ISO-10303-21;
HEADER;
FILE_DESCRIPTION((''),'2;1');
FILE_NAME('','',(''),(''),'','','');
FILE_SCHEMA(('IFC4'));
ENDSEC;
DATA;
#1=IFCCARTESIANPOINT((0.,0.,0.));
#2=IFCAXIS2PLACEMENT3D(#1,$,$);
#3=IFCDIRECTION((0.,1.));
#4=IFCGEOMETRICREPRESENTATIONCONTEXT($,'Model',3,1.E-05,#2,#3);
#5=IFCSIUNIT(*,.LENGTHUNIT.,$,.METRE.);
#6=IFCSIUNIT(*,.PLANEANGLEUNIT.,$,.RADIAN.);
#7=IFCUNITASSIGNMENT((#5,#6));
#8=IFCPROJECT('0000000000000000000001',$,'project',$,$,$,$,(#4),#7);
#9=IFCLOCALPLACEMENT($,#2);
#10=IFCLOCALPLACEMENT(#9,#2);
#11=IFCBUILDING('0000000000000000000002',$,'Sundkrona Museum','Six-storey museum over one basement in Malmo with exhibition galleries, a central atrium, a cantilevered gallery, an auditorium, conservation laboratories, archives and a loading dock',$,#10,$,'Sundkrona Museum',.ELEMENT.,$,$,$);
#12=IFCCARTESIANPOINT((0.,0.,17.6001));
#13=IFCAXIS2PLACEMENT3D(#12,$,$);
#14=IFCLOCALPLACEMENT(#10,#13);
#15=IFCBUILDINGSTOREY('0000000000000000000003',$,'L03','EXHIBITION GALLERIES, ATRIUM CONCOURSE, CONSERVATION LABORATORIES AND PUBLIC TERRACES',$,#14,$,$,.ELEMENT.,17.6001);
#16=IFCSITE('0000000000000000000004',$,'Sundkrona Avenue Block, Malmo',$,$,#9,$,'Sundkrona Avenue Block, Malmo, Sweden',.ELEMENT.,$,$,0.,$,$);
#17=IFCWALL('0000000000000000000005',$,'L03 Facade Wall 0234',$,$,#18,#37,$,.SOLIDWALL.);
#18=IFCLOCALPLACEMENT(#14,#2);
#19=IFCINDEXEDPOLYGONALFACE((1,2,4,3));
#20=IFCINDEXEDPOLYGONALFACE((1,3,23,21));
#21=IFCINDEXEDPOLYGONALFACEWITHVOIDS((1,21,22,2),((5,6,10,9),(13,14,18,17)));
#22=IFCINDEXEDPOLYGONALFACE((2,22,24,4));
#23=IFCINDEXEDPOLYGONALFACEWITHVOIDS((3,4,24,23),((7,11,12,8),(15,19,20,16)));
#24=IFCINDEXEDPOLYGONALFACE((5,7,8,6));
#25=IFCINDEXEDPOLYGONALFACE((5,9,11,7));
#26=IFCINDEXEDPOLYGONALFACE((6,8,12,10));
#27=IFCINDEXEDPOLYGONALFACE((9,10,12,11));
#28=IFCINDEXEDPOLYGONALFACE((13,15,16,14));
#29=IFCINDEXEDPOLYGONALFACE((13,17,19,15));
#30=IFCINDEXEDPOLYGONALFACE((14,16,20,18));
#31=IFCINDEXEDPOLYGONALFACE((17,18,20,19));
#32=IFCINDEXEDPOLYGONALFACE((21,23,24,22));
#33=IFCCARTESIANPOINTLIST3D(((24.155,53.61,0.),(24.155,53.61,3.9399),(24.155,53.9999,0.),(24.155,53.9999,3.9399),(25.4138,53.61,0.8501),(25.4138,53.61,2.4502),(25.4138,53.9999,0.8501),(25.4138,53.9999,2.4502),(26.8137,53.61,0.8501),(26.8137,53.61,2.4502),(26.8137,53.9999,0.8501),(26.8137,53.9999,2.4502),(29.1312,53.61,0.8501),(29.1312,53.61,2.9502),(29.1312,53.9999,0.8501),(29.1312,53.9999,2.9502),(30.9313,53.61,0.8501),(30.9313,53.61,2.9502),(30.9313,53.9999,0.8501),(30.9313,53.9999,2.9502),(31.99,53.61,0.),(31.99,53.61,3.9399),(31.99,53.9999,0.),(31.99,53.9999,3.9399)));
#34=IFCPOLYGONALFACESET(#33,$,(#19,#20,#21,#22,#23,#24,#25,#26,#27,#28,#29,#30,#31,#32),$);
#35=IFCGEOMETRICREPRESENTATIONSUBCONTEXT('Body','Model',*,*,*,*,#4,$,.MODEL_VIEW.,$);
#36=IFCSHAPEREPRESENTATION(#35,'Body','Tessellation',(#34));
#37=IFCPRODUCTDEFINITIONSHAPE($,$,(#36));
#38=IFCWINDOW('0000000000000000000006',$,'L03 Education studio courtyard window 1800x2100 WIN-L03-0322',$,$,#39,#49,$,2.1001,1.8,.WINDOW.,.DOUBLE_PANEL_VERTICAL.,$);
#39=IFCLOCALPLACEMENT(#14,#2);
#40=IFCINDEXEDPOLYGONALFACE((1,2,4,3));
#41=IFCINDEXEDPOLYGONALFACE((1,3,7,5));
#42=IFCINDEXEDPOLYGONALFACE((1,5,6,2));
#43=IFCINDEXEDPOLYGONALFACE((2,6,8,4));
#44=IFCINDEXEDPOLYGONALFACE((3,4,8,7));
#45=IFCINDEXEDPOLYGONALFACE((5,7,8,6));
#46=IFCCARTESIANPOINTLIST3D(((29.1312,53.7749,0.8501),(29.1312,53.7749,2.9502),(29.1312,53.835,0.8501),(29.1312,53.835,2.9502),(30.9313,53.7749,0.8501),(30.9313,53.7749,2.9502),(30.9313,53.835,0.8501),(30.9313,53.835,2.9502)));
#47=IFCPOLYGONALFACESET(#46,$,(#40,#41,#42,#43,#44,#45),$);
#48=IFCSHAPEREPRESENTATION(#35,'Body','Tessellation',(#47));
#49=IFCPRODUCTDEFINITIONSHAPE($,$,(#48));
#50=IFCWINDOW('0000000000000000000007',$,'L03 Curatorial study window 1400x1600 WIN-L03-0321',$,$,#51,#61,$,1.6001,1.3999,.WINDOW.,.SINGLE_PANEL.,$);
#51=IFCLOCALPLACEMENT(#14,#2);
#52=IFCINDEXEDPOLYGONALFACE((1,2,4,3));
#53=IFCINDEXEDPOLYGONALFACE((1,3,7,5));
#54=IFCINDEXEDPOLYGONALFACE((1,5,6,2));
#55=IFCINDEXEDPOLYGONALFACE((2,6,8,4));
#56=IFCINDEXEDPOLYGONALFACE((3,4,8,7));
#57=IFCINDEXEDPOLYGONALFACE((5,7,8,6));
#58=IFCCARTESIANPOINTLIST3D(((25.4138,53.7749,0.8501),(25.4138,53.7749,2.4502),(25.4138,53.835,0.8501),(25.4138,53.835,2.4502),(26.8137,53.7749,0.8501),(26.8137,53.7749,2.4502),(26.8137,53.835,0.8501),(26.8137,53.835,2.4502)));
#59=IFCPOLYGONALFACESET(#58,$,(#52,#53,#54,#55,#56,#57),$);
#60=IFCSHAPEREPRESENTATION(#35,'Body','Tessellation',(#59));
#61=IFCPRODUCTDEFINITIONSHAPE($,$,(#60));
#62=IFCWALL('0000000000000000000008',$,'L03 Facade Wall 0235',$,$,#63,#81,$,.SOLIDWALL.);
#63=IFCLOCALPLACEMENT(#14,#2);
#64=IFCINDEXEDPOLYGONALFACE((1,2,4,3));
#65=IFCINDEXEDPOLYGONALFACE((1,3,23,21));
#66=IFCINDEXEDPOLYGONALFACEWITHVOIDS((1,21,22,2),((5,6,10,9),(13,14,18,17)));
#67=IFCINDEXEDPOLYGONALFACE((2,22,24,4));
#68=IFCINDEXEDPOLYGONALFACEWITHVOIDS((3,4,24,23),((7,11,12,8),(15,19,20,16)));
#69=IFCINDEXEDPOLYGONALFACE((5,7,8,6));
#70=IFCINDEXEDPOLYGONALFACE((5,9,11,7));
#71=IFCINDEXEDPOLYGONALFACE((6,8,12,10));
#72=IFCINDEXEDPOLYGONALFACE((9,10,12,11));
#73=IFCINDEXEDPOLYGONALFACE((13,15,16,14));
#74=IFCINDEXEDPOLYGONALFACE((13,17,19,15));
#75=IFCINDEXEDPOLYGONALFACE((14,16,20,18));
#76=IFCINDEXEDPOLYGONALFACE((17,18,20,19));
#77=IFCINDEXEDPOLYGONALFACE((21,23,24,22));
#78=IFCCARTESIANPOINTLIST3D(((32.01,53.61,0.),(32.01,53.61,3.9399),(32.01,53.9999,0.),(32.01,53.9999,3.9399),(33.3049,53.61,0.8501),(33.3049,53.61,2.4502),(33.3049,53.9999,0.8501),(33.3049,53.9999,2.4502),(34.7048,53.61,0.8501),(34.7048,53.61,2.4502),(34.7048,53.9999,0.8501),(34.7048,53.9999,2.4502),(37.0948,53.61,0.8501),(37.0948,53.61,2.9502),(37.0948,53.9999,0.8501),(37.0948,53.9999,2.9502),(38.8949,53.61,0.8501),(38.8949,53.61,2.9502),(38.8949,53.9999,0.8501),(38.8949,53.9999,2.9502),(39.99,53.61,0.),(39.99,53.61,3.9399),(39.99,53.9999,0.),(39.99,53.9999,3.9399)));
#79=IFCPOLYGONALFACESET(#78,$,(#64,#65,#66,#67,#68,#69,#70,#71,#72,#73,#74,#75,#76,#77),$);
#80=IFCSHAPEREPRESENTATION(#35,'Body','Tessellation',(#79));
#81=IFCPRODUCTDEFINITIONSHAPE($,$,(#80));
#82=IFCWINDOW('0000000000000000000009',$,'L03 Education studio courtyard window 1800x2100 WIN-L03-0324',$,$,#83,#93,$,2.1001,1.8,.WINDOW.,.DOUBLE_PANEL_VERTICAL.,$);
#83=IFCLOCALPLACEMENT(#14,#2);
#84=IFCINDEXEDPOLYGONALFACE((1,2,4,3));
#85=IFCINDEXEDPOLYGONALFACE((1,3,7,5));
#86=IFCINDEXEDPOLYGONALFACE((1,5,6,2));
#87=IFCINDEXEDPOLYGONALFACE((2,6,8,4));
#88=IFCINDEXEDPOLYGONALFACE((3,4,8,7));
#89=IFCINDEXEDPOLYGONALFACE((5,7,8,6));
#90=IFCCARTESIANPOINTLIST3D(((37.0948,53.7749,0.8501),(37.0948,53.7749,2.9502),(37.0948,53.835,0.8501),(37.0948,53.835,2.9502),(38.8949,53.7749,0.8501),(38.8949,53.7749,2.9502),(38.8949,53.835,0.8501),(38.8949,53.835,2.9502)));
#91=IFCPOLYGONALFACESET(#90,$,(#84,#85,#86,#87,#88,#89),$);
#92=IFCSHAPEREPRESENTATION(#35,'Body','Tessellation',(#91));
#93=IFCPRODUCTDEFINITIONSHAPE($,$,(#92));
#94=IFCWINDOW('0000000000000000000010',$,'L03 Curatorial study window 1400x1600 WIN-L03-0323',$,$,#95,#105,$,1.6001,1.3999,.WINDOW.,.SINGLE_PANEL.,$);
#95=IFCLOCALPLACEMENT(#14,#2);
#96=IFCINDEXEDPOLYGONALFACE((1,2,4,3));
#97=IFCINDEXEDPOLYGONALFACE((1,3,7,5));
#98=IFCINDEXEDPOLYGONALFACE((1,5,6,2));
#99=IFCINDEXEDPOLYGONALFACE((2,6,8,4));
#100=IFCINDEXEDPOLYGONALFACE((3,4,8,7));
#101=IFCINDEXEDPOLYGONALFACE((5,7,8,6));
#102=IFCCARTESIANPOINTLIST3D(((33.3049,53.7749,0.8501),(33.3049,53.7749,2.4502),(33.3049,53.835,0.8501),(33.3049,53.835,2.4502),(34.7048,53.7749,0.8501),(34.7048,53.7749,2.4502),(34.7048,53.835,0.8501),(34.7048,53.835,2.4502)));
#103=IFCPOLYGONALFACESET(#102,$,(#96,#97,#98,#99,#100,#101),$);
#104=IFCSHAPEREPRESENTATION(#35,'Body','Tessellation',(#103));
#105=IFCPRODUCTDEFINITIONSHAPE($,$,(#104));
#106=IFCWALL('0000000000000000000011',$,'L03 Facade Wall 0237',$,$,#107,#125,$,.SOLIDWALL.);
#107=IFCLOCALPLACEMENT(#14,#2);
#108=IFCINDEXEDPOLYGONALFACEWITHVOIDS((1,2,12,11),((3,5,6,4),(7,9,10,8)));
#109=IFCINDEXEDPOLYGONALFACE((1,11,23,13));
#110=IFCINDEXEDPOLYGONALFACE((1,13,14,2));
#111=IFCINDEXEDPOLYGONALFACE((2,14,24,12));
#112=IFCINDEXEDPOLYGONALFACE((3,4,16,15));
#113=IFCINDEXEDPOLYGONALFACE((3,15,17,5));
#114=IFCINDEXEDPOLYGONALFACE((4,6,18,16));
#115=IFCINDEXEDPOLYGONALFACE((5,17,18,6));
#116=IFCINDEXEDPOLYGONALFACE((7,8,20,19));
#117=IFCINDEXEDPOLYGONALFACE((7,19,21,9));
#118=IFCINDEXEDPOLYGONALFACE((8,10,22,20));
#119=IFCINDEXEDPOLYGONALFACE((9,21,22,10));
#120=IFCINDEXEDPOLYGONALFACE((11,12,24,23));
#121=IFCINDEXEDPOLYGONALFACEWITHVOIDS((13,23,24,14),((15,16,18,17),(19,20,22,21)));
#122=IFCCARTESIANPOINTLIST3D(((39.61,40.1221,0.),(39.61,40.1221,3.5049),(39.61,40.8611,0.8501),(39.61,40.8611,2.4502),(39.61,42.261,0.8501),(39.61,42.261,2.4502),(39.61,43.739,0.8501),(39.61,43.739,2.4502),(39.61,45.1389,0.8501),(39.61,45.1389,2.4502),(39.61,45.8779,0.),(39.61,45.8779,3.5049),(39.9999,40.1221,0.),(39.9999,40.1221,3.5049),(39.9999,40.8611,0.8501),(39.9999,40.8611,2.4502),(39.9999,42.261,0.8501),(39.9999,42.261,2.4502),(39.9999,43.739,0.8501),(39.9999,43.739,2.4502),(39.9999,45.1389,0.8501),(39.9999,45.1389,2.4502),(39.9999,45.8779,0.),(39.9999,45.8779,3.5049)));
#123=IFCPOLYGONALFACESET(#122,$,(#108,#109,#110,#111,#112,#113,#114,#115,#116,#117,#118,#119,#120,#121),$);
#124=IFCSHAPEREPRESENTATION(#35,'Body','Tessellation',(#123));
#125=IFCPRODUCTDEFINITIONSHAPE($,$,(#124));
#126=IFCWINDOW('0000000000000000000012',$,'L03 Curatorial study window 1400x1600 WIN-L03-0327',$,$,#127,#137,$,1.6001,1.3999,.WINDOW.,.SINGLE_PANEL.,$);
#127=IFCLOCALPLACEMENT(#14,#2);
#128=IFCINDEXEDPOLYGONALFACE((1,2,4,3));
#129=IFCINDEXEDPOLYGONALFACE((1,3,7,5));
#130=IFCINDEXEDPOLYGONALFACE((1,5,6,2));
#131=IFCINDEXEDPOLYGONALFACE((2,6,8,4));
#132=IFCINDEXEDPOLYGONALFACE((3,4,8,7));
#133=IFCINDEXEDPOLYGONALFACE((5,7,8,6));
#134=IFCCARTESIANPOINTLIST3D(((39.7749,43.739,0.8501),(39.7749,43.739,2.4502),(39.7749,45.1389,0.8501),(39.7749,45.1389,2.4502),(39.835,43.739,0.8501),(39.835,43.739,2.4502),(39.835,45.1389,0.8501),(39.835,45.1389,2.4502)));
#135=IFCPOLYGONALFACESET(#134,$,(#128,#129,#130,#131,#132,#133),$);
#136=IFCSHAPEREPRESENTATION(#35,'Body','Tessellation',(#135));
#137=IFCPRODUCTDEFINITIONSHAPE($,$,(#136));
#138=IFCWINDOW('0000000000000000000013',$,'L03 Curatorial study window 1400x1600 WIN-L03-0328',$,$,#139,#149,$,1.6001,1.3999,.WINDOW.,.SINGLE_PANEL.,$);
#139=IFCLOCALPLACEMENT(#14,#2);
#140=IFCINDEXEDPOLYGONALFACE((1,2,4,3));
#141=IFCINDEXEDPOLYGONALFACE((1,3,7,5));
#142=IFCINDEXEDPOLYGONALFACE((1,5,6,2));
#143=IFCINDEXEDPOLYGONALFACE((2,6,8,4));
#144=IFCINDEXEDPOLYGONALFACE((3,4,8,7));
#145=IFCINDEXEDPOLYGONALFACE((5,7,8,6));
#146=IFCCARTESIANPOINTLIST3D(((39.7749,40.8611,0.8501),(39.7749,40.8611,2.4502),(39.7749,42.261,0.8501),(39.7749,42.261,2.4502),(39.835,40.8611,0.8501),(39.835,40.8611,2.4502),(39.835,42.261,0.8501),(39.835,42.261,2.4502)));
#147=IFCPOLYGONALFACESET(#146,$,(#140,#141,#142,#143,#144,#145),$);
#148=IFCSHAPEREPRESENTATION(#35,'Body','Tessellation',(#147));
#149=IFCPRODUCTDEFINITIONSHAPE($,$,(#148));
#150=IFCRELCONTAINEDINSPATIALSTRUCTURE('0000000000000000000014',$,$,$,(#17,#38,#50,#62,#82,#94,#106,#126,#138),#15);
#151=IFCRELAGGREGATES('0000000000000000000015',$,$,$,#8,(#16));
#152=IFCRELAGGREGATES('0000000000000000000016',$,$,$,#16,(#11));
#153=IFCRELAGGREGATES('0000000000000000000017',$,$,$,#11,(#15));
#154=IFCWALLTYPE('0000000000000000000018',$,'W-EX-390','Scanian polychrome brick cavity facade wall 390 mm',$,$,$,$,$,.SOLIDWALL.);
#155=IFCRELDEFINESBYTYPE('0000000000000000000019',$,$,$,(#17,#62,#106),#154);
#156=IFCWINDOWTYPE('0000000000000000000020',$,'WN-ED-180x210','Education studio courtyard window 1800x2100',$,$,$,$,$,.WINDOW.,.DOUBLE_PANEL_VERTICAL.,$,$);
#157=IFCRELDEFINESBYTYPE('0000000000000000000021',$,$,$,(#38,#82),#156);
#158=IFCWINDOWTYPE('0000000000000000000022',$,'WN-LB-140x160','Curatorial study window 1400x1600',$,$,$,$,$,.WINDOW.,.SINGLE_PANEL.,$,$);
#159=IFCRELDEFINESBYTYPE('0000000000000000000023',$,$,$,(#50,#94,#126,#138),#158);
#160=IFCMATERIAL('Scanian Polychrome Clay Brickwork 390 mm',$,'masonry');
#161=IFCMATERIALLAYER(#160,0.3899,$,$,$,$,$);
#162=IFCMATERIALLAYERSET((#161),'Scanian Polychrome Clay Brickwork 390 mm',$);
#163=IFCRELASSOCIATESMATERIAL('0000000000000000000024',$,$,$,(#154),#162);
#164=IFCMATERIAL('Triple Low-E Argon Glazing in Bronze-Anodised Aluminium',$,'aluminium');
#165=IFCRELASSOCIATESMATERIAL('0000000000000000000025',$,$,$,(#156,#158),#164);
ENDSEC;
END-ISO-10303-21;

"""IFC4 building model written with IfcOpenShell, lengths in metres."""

from ifc_helpers import new_model, si_unit, direction, frame, frame_2d, origin, place, context, subcontext, project, spatial, rectangle, extrude, material, layer, layer_set, type_object, element, fill, save


model = new_model("IFC4")

# Units and contexts
model_context = context("Model", 3, precision=1e-05, world=origin(), true_north=direction((0.0, 1.0)))
body_context = subcontext(model_context, "Body", "Model", "MODEL_VIEW")
ifc_project = project(units=[si_unit("LENGTHUNIT", "METRE"), si_unit("PLANEANGLEUNIT", "RADIAN")], contexts=[model_context])

# Site, building, storey
site_placement = place(None, origin())
site = spatial("IfcSite", under=ifc_project, at=site_placement, Name="Sundkrona Avenue Block, Malmo", LongName="Sundkrona Avenue Block, Malmo, Sweden", CompositionType="ELEMENT", RefElevation=0.0)
building_placement = place(site_placement, origin())
building = spatial("IfcBuilding", under=site, at=building_placement, Name="Sundkrona Museum", Description="Six-storey museum over one basement in Malmo with exhibition galleries, a central atrium, a cantilevered gallery, an auditorium, conservation laboratories, archives and a loading dock", LongName="Sundkrona Museum", CompositionType="ELEMENT")
storey_placement = place(building_placement, frame((0.0, 0.0, 17.6001)))
storey = spatial("IfcBuildingStorey", under=building, at=storey_placement, Name="L03", Description="EXHIBITION GALLERIES, ATRIUM CONCOURSE, CONSERVATION LABORATORIES AND PUBLIC TERRACES", CompositionType="ELEMENT", Elevation=17.6001)

# Walls, openings, windows
ifc_material_1 = material(Name="Scanian Polychrome Clay Brickwork 390 mm", Category="masonry")
ifc_layer_1 = layer(ifc_material_1, 0.3899)
ifc_layer_set_1 = layer_set([ifc_layer_1], Name="Scanian Polychrome Clay Brickwork 390 mm")
wall_type = type_object("IfcWallType", Name="W-EX-390", Description="Scanian polychrome brick cavity facade wall 390 mm", PredefinedType="SOLIDWALL", material=ifc_layer_set_1)
wall_1_placement = place(storey_placement, frame((24.155, 53.8049, 0.0), z_axis=(0.0, 0.0, 1.0), x_axis=(1.0, 0.0, 0.0)))
wall_1 = element("IfcWall", 1, at=wall_1_placement, inside=storey, type_object=wall_type, Name="L03 Facade Wall 0234", PredefinedType="SOLIDWALL", context=body_context, shape_type="SweptSolid", body=[
    extrude(rectangle(XDim=7.835, YDim=0.3899, at=frame_2d((3.9175, 0.0))), origin(), (0.0, 0.0, 1.0), 3.9399),
])
opening_1_placement = place(wall_1_placement, frame((1.2588, 0.0, 0.8501)))
opening_1 = element("IfcOpeningElement", 2, at=opening_1_placement, cuts=wall_1, PredefinedType="OPENING", context=body_context, shape_type="SweptSolid", body=[
    extrude(rectangle(XDim=1.3999, YDim=1.6001, at=frame_2d((0.7, 0.8))), frame((0.0, 0.2048, 0.0), z_axis=(0.0, -1.0, 0.0), x_axis=(1.0, 0.0, 0.0)), (0.0, 0.0, 1.0), 0.4099),
])
opening_2_placement = place(wall_1_placement, frame((4.9763, 0.0, 0.8501)))
opening_2 = element("IfcOpeningElement", 3, at=opening_2_placement, cuts=wall_1, PredefinedType="OPENING", context=body_context, shape_type="SweptSolid", body=[
    extrude(rectangle(XDim=1.8, YDim=2.1001, at=frame_2d((0.8999, 1.05))), frame((0.0, 0.2048, 0.0), z_axis=(0.0, -1.0, 0.0), x_axis=(1.0, 0.0, 0.0)), (0.0, 0.0, 1.0), 0.4099),
])
ifc_material_2 = material(Name="Triple Low-E Argon Glazing in Bronze-Anodised Aluminium", Category="aluminium")
window_type_1 = type_object("IfcWindowType", Name="WN-ED-180x210", Description="Education studio courtyard window 1800x2100", PartitioningType="DOUBLE_PANEL_VERTICAL", PredefinedType="WINDOW", material=ifc_material_2)
window_1_placement = place(opening_2_placement, origin())
window_1 = element("IfcWindow", 4, at=window_1_placement, inside=storey, type_object=window_type_1, Name="L03 Education studio courtyard window 1800x2100 WIN-L03-0322", OverallHeight=2.1001, OverallWidth=1.8, PartitioningType="DOUBLE_PANEL_VERTICAL", PredefinedType="WINDOW", context=body_context, shape_type="SweptSolid", body=[
    extrude(rectangle(XDim=1.8, YDim=2.1001, at=frame_2d((0.8999, 1.05))), frame((0.0, 0.03, 0.0), z_axis=(0.0, -1.0, 0.0), x_axis=(1.0, 0.0, 0.0)), (0.0, 0.0, 1.0), 0.0601),
])
fill(opening_2, window_1)
window_type_2 = type_object("IfcWindowType", Name="WN-LB-140x160", Description="Curatorial study window 1400x1600", PartitioningType="SINGLE_PANEL", PredefinedType="WINDOW", material=ifc_material_2)
window_2_placement = place(opening_1_placement, origin())
window_2 = element("IfcWindow", 5, at=window_2_placement, inside=storey, type_object=window_type_2, Name="L03 Curatorial study window 1400x1600 WIN-L03-0321", OverallHeight=1.6001, OverallWidth=1.3999, PartitioningType="SINGLE_PANEL", PredefinedType="WINDOW", context=body_context, shape_type="SweptSolid", body=[
    extrude(rectangle(XDim=1.3999, YDim=1.6001, at=frame_2d((0.7, 0.8))), frame((0.0, 0.03, 0.0), z_axis=(0.0, -1.0, 0.0), x_axis=(1.0, 0.0, 0.0)), (0.0, 0.0, 1.0), 0.0601),
])
fill(opening_1, window_2)
wall_2_placement = place(storey_placement, frame((32.01, 53.8049, 0.0), z_axis=(0.0, 0.0, 1.0), x_axis=(1.0, 0.0, 0.0)))
wall_2 = element("IfcWall", 6, at=wall_2_placement, inside=storey, type_object=wall_type, Name="L03 Facade Wall 0235", PredefinedType="SOLIDWALL", context=body_context, shape_type="SweptSolid", body=[
    extrude(rectangle(XDim=7.98, YDim=0.3899, at=frame_2d((3.99, 0.0))), origin(), (0.0, 0.0, 1.0), 3.9399),
])
opening_3_placement = place(wall_2_placement, frame((1.2949, 0.0, 0.8501)))
opening_3 = element("IfcOpeningElement", 7, at=opening_3_placement, cuts=wall_2, PredefinedType="OPENING", context=body_context, shape_type="SweptSolid", body=[
    extrude(rectangle(XDim=1.3999, YDim=1.6001, at=frame_2d((0.7, 0.8))), frame((0.0, 0.2048, 0.0), z_axis=(0.0, -1.0, 0.0), x_axis=(1.0, 0.0, 0.0)), (0.0, 0.0, 1.0), 0.4099),
])
opening_4_placement = place(wall_2_placement, frame((5.085, 0.0, 0.8501)))
opening_4 = element("IfcOpeningElement", 8, at=opening_4_placement, cuts=wall_2, PredefinedType="OPENING", context=body_context, shape_type="SweptSolid", body=[
    extrude(rectangle(XDim=1.8, YDim=2.1001, at=frame_2d((0.8999, 1.05))), frame((0.0, 0.2048, 0.0), z_axis=(0.0, -1.0, 0.0), x_axis=(1.0, 0.0, 0.0)), (0.0, 0.0, 1.0), 0.4099),
])
window_3_placement = place(opening_4_placement, origin())
window_3 = element("IfcWindow", 9, at=window_3_placement, inside=storey, type_object=window_type_1, Name="L03 Education studio courtyard window 1800x2100 WIN-L03-0324", OverallHeight=2.1001, OverallWidth=1.8, PartitioningType="DOUBLE_PANEL_VERTICAL", PredefinedType="WINDOW", context=body_context, shape_type="SweptSolid", body=[
    extrude(rectangle(XDim=1.8, YDim=2.1001, at=frame_2d((0.8999, 1.05))), frame((0.0, 0.03, 0.0), z_axis=(0.0, -1.0, 0.0), x_axis=(1.0, 0.0, 0.0)), (0.0, 0.0, 1.0), 0.0601),
])
fill(opening_4, window_3)
window_4_placement = place(opening_3_placement, origin())
window_4 = element("IfcWindow", 10, at=window_4_placement, inside=storey, type_object=window_type_2, Name="L03 Curatorial study window 1400x1600 WIN-L03-0323", OverallHeight=1.6001, OverallWidth=1.3999, PartitioningType="SINGLE_PANEL", PredefinedType="WINDOW", context=body_context, shape_type="SweptSolid", body=[
    extrude(rectangle(XDim=1.3999, YDim=1.6001, at=frame_2d((0.7, 0.8))), frame((0.0, 0.03, 0.0), z_axis=(0.0, -1.0, 0.0), x_axis=(1.0, 0.0, 0.0)), (0.0, 0.0, 1.0), 0.0601),
])
fill(opening_3, window_4)
wall_3_placement = place(storey_placement, frame((39.8049, 45.8779, 0.0), z_axis=(0.0, 0.0, 1.0), x_axis=(0.0, -1.0, 0.0)))
wall_3 = element("IfcWall", 11, at=wall_3_placement, inside=storey, type_object=wall_type, Name="L03 Facade Wall 0237", PredefinedType="SOLIDWALL", context=body_context, shape_type="SweptSolid", body=[
    extrude(rectangle(XDim=5.7559, YDim=0.3899, at=frame_2d((2.8779, 0.0))), origin(), (0.0, 0.0, 1.0), 3.5049),
])
opening_5_placement = place(wall_3_placement, frame((0.739, 0.0, 0.8501)))
opening_5 = element("IfcOpeningElement", 12, at=opening_5_placement, cuts=wall_3, PredefinedType="OPENING", context=body_context, shape_type="SweptSolid", body=[
    extrude(rectangle(XDim=1.3999, YDim=1.6001, at=frame_2d((0.7, 0.8))), frame((0.0, 0.2048, 0.0), z_axis=(0.0, -1.0, 0.0), x_axis=(1.0, 0.0, 0.0)), (0.0, 0.0, 1.0), 0.4099),
])
opening_6_placement = place(wall_3_placement, frame((3.6169, 0.0, 0.8501)))
opening_6 = element("IfcOpeningElement", 13, at=opening_6_placement, cuts=wall_3, PredefinedType="OPENING", context=body_context, shape_type="SweptSolid", body=[
    extrude(rectangle(XDim=1.3999, YDim=1.6001, at=frame_2d((0.7, 0.8))), frame((0.0, 0.2048, 0.0), z_axis=(0.0, -1.0, 0.0), x_axis=(1.0, 0.0, 0.0)), (0.0, 0.0, 1.0), 0.4099),
])
window_5_placement = place(opening_5_placement, origin())
window_5 = element("IfcWindow", 14, at=window_5_placement, inside=storey, type_object=window_type_2, Name="L03 Curatorial study window 1400x1600 WIN-L03-0327", OverallHeight=1.6001, OverallWidth=1.3999, PartitioningType="SINGLE_PANEL", PredefinedType="WINDOW", context=body_context, shape_type="SweptSolid", body=[
    extrude(rectangle(XDim=1.3999, YDim=1.6001, at=frame_2d((0.7, 0.8))), frame((0.0, 0.03, 0.0), z_axis=(0.0, -1.0, 0.0), x_axis=(1.0, 0.0, 0.0)), (0.0, 0.0, 1.0), 0.0601),
])
fill(opening_5, window_5)
window_6_placement = place(opening_6_placement, origin())
window_6 = element("IfcWindow", 15, at=window_6_placement, inside=storey, type_object=window_type_2, Name="L03 Curatorial study window 1400x1600 WIN-L03-0328", OverallHeight=1.6001, OverallWidth=1.3999, PartitioningType="SINGLE_PANEL", PredefinedType="WINDOW", context=body_context, shape_type="SweptSolid", body=[
    extrude(rectangle(XDim=1.3999, YDim=1.6001, at=frame_2d((0.7, 0.8))), frame((0.0, 0.03, 0.0), z_axis=(0.0, -1.0, 0.0), x_axis=(1.0, 0.0, 0.0)), (0.0, 0.0, 1.0), 0.0601),
])
fill(opening_6, window_6)

save(model, "model.ifc")
